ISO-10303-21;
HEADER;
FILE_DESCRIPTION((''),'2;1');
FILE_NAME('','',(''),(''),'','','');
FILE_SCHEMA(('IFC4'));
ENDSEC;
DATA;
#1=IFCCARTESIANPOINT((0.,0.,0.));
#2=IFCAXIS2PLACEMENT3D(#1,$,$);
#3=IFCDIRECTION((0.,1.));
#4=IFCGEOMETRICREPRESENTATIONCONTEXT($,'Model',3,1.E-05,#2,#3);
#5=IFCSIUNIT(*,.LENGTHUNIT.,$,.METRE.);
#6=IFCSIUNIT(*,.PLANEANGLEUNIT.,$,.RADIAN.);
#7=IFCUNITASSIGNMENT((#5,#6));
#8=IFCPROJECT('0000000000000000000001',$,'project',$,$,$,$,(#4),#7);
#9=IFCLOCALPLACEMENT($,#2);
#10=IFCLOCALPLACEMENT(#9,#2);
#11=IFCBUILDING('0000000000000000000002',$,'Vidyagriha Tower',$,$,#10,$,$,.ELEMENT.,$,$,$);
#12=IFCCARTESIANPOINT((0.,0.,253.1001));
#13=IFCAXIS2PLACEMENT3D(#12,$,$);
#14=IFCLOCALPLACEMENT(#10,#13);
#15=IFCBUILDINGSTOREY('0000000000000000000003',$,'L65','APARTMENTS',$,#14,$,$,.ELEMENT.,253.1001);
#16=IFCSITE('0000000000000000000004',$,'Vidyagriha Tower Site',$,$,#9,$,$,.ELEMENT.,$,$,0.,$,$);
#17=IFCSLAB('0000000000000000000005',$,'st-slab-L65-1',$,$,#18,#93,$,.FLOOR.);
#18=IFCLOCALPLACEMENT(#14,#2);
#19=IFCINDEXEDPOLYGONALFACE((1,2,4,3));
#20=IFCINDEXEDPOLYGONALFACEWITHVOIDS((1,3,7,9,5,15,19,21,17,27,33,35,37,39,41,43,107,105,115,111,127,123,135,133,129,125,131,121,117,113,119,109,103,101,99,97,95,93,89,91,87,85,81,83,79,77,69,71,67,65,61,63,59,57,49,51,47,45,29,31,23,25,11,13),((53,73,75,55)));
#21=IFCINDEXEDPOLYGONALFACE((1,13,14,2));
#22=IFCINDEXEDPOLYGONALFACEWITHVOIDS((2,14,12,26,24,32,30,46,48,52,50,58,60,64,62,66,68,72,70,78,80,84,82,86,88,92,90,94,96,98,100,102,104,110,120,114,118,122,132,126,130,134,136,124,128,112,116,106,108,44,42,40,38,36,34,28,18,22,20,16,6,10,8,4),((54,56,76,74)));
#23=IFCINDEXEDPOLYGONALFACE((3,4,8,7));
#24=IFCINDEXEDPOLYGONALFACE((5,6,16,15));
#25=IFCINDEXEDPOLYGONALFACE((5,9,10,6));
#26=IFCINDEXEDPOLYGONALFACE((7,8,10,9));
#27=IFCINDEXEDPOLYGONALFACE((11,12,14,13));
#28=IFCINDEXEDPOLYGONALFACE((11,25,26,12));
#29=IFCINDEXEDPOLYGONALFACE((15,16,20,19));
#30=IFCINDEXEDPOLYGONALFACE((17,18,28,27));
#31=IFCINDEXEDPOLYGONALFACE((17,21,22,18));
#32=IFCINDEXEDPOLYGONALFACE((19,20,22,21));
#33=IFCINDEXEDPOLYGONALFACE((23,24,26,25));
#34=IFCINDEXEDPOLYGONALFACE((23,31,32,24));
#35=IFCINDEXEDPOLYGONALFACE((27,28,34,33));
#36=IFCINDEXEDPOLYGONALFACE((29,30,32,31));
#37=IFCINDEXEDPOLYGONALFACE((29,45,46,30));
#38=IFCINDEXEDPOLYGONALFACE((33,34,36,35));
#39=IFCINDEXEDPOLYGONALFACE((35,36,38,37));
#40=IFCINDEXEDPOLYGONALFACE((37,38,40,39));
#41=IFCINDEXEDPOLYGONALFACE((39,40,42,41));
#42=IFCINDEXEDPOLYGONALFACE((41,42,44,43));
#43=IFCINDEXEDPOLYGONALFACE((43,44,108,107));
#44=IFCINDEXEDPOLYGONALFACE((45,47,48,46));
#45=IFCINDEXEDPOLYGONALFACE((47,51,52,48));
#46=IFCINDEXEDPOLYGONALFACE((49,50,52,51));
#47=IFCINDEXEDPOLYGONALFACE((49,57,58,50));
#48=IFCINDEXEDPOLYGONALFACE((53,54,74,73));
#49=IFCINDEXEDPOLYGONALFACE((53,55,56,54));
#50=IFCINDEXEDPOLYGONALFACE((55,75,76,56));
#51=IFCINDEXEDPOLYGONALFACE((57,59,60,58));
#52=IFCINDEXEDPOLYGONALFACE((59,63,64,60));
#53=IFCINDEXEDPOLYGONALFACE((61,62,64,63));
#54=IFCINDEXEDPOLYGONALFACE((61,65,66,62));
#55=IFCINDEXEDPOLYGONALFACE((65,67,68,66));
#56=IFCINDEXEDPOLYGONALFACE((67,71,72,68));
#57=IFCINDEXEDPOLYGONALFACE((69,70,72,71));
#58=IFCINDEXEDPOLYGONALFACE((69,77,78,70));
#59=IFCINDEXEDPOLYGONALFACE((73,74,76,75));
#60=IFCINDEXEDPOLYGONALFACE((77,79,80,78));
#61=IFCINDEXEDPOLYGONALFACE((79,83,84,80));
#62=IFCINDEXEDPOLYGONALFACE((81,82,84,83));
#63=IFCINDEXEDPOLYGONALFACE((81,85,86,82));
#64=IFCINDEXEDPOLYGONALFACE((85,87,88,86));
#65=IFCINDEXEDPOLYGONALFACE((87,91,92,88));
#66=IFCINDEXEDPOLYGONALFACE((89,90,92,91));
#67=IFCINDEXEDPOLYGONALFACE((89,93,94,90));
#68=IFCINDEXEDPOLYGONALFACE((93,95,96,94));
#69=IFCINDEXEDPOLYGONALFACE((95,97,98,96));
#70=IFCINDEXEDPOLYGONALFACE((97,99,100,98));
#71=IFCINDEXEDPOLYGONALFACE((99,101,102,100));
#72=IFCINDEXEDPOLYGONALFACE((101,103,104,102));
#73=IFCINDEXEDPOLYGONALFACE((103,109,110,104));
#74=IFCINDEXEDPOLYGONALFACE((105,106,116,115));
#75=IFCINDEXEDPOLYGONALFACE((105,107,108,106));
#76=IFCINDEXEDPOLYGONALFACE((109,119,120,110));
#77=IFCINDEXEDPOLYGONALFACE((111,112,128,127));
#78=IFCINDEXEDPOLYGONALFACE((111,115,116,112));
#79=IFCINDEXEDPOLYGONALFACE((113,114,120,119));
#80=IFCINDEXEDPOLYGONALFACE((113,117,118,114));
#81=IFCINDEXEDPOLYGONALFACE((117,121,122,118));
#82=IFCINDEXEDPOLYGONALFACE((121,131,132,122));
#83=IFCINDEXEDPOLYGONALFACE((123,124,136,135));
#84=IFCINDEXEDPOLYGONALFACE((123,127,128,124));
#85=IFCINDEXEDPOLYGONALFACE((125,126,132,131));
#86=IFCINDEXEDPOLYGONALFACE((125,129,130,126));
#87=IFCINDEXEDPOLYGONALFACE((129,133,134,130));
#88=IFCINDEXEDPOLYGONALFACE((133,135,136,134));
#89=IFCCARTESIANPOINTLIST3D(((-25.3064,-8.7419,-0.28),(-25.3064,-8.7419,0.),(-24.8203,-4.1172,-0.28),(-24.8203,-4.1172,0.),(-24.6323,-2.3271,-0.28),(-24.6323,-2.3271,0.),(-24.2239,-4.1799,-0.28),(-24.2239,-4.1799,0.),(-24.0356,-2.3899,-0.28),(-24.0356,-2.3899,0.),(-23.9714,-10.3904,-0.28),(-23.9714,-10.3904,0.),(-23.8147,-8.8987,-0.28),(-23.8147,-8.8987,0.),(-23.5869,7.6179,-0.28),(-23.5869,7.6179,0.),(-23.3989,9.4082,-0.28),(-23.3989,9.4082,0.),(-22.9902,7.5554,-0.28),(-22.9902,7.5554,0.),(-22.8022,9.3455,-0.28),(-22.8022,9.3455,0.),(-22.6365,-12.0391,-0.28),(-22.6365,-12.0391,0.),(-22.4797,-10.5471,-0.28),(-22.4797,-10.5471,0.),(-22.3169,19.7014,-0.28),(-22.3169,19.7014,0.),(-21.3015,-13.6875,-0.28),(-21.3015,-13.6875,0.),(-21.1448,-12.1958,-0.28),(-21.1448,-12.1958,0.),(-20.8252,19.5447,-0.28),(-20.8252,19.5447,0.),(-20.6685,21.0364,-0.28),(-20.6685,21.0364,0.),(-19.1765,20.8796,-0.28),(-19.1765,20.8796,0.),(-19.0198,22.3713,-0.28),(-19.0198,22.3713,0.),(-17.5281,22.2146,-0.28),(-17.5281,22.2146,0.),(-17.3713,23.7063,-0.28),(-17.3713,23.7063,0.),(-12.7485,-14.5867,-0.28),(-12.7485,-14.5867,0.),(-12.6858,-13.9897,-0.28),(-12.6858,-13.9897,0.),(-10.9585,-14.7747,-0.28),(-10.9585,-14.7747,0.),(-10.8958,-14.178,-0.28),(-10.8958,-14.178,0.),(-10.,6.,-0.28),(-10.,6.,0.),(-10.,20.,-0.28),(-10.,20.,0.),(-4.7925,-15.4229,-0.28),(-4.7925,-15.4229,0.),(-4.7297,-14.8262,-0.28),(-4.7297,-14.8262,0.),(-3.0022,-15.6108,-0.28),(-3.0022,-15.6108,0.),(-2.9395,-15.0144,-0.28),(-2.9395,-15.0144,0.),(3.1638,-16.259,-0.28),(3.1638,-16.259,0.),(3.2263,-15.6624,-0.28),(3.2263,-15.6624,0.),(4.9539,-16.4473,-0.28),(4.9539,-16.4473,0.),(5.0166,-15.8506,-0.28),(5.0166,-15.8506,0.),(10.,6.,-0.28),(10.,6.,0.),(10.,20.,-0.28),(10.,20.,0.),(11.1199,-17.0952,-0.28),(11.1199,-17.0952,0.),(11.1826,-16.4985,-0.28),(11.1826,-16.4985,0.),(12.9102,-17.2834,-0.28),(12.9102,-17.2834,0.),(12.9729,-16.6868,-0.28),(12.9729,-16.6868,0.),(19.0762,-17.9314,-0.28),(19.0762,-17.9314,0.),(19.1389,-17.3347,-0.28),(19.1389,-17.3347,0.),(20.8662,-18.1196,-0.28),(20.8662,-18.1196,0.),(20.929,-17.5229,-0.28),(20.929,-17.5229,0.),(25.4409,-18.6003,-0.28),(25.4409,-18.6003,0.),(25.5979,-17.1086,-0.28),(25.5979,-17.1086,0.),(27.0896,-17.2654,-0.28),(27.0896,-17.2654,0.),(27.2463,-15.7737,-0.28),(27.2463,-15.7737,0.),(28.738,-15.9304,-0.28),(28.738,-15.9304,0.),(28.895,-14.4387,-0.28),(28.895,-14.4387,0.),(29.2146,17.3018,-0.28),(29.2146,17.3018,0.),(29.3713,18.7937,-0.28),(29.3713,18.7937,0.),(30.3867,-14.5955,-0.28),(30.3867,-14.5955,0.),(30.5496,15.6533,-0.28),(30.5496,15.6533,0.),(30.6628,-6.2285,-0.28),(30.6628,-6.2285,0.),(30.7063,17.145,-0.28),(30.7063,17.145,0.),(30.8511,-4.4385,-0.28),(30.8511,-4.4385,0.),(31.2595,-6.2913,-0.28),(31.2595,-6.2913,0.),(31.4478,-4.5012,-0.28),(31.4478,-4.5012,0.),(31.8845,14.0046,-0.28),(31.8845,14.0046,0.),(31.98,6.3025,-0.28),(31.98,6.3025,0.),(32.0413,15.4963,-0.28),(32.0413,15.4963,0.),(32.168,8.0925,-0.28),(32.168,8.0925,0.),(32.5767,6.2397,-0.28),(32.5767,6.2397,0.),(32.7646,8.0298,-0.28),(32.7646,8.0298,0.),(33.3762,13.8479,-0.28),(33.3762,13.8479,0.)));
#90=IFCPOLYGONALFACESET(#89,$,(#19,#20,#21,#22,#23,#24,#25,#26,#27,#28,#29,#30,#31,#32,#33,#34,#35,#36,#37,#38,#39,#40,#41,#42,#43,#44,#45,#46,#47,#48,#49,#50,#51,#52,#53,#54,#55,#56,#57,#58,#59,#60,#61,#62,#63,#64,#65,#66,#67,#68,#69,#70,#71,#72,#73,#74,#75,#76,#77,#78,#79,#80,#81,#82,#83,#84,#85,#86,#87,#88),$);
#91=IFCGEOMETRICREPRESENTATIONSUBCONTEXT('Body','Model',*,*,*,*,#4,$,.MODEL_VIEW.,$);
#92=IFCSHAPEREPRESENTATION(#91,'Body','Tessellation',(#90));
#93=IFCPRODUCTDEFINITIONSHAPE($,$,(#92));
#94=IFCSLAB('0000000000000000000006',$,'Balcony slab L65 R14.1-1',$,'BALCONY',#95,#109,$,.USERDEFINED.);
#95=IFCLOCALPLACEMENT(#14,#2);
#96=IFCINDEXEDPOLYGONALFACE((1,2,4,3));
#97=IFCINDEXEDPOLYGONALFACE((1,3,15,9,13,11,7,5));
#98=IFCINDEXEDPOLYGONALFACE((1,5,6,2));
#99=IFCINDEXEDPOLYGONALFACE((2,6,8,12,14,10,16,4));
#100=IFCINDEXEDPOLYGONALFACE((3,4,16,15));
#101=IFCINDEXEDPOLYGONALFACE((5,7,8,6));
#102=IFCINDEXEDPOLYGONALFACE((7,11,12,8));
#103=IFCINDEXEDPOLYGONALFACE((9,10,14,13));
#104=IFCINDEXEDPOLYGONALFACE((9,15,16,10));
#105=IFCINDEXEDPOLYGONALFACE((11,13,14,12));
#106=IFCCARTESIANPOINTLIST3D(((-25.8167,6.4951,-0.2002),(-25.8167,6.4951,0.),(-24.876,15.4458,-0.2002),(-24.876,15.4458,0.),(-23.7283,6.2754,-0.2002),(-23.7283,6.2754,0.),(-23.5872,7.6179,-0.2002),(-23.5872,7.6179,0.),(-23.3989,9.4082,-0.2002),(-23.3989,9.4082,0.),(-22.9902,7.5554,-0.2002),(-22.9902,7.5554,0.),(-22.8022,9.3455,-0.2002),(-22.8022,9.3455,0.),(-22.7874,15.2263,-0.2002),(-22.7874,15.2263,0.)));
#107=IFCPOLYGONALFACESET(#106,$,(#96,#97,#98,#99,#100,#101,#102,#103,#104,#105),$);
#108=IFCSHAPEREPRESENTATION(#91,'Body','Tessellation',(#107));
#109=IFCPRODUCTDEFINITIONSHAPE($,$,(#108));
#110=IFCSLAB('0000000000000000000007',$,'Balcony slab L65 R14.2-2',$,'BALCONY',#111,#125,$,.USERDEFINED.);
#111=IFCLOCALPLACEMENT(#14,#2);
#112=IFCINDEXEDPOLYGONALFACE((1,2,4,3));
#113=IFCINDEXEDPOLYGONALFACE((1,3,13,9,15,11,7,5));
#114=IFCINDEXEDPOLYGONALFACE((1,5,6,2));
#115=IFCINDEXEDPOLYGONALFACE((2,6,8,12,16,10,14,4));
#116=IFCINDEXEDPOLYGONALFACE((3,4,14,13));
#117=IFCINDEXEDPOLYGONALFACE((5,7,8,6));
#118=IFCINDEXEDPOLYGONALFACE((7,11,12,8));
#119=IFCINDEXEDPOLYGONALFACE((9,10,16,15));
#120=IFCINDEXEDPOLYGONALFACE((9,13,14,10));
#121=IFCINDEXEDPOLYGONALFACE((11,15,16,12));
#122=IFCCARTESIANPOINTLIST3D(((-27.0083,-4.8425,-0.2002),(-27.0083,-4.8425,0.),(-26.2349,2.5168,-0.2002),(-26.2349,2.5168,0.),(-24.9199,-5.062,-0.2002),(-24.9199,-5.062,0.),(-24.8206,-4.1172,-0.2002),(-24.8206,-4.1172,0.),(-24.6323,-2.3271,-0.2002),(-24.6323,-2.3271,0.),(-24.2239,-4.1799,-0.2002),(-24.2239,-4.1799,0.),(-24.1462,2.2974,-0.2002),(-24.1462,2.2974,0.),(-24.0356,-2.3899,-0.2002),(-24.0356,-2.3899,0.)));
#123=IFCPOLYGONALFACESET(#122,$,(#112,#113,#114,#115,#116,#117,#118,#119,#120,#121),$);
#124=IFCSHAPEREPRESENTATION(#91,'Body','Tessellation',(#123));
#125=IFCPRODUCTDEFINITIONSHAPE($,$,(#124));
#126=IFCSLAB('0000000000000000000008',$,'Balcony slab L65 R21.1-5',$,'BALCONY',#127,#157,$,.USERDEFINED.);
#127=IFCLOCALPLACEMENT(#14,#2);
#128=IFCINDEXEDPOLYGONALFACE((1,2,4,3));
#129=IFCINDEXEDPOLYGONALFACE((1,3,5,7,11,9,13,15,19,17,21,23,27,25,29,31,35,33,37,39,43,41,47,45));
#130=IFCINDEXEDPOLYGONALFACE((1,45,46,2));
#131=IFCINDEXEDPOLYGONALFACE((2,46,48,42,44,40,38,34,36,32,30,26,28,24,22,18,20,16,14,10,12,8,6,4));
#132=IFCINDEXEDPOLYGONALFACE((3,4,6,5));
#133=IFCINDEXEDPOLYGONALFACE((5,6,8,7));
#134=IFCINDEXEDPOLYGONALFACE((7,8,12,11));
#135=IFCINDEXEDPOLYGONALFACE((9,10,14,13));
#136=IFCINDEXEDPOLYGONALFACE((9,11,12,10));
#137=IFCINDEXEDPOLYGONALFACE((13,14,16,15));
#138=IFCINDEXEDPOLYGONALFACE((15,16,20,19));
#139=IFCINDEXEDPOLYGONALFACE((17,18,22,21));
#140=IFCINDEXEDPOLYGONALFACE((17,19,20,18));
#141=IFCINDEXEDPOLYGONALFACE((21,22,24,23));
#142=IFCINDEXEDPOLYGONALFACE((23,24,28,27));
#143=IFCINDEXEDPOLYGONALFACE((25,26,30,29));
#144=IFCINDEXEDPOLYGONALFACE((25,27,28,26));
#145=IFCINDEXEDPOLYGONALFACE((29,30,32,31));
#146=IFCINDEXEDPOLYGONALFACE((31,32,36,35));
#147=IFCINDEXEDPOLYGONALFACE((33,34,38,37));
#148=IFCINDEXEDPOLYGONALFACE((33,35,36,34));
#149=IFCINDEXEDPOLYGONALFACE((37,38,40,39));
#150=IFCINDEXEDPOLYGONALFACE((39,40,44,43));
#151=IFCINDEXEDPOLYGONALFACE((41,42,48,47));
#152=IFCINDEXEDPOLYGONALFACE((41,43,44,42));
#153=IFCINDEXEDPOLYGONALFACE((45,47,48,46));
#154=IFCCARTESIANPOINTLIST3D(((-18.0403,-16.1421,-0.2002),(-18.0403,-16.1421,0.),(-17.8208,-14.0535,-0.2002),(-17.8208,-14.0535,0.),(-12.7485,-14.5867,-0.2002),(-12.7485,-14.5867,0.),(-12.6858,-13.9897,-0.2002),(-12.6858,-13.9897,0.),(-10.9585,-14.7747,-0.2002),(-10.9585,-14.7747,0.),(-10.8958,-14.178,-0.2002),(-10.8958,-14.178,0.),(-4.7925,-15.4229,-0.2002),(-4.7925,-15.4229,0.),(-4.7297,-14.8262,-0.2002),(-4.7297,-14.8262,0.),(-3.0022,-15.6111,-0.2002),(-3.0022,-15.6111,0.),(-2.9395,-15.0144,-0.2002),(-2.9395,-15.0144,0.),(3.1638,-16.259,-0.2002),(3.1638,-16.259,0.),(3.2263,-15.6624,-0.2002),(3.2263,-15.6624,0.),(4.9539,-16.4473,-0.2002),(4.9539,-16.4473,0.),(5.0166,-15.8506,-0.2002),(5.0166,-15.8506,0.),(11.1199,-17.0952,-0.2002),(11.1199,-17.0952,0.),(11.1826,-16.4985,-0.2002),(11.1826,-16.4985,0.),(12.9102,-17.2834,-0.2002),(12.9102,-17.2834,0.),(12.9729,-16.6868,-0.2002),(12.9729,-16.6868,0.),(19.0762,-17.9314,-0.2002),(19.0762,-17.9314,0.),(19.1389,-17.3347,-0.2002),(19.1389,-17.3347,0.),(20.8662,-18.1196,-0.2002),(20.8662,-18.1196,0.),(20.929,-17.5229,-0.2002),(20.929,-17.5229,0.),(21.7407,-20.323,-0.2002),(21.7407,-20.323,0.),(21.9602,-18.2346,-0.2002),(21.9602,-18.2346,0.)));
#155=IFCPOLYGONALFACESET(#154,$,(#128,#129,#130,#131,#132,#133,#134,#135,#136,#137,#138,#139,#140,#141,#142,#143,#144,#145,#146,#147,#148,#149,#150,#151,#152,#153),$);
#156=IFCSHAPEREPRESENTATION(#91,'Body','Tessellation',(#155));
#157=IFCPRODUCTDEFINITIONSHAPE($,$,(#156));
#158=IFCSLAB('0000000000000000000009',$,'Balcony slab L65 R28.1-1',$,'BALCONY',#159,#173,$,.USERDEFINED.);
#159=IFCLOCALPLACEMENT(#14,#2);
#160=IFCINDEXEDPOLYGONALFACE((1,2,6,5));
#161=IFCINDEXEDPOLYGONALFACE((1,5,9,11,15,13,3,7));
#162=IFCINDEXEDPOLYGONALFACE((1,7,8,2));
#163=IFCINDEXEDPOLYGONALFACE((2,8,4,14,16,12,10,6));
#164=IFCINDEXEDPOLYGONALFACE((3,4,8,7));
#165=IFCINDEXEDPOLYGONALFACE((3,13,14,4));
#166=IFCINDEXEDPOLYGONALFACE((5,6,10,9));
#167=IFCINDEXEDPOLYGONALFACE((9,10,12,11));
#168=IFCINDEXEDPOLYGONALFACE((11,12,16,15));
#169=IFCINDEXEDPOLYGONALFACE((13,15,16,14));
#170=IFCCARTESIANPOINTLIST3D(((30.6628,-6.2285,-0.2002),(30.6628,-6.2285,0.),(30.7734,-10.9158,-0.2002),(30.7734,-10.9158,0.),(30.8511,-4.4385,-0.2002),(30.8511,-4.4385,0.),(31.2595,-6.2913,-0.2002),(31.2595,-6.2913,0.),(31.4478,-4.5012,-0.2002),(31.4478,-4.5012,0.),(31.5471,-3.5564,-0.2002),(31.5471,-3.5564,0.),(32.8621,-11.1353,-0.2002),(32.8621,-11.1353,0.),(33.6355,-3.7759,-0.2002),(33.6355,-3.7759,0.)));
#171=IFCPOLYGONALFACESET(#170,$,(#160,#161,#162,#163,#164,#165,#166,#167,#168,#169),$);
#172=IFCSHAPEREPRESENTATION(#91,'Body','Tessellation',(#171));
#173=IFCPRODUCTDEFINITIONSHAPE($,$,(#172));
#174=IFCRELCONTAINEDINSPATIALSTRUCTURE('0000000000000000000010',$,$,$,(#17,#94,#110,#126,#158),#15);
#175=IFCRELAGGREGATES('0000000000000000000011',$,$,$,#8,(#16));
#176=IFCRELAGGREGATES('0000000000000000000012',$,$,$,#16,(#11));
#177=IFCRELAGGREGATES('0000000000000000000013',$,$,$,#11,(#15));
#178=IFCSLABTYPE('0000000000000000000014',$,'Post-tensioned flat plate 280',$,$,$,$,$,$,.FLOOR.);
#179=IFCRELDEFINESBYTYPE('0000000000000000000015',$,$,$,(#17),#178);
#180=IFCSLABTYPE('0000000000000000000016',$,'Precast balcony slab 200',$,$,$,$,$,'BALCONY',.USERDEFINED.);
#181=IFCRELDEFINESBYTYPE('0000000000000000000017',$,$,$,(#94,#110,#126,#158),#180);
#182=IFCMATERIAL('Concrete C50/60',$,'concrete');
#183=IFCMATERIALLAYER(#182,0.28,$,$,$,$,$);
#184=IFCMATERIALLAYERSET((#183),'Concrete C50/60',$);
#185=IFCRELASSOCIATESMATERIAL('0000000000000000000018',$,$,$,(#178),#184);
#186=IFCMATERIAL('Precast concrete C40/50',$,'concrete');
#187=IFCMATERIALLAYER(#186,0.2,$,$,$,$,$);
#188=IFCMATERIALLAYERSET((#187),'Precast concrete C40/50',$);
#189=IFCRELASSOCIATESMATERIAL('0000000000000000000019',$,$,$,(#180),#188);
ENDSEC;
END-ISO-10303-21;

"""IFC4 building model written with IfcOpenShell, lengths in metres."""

from ifc_helpers import new_model, si_unit, direction, frame, origin, place, context, subcontext, project, spatial, polyline, outline, extrude, material, layer, layer_set, type_object, element, save


model = new_model("IFC4")

# Units and contexts
model_context = context("Model", 3, precision=1e-05, world=origin(), true_north=direction((0.0, 1.0)))
body_context = subcontext(model_context, "Body", "Model", "MODEL_VIEW")
ifc_project = project(units=[si_unit("LENGTHUNIT", "METRE"), si_unit("PLANEANGLEUNIT", "RADIAN")], contexts=[model_context])

# Site, building, storey
site_placement = place(None, origin())
site = spatial("IfcSite", under=ifc_project, at=site_placement, Name="Vidyagriha Tower Site", CompositionType="ELEMENT", RefElevation=0.0)
building_placement = place(site_placement, origin())
building = spatial("IfcBuilding", under=site, at=building_placement, Name="Vidyagriha Tower", CompositionType="ELEMENT")
storey_placement = place(building_placement, frame((0.0, 0.0, 253.1001)))
storey = spatial("IfcBuildingStorey", under=building, at=storey_placement, Name="L65", Description="APARTMENTS", CompositionType="ELEMENT", Elevation=253.1001)

# Slabs
ifc_material_1 = material(Name="Concrete C50/60", Category="concrete")
ifc_layer_1 = layer(ifc_material_1, 0.28)
ifc_layer_set_1 = layer_set([ifc_layer_1], Name="Concrete C50/60")
slab_type_1 = type_object("IfcSlabType", Name="Post-tensioned flat plate 280", PredefinedType="FLOOR", material=ifc_layer_set_1)
slab_1_placement = place(storey_placement, frame((0.0, 0.0, -0.28)))
element("IfcSlab", 1, at=slab_1_placement, inside=storey, type_object=slab_type_1, Name="st-slab-L65-1", PredefinedType="FLOOR", context=body_context, shape_type="SweptSolid", body=[
    extrude(outline(polyline([(28.738, -15.9304), (27.2463, -15.7737), (27.0896, -17.2654), (25.5979, -17.1086), (25.4409, -18.6003), (20.8662, -18.1196), (20.929, -17.5229), (19.1389, -17.3347), (19.0762, -17.9314), (12.9102, -17.2834), (12.9729, -16.6868), (11.1826, -16.4985), (11.1199, -17.0952), (4.9539, -16.4473), (5.0166, -15.8506), (3.2263, -15.6624), (3.1638, -16.259), (-3.0022, -15.6108), (-2.9395, -15.0144), (-4.7297, -14.8262), (-4.7925, -15.4229), (-10.9585, -14.7747), (-10.8958, -14.178), (-12.6858, -13.9897), (-12.7485, -14.5867), (-21.3015, -13.6875), (-21.1448, -12.1958), (-22.6365, -12.0391), (-22.4797, -10.5471), (-23.9714, -10.3904), (-23.8147, -8.8987), (-25.3064, -8.7419), (-24.8203, -4.1172), (-24.2239, -4.1799), (-24.0356, -2.3899), (-24.6323, -2.3271), (-23.5869, 7.6179), (-22.9902, 7.5554), (-22.8022, 9.3455), (-23.3989, 9.4082), (-22.3169, 19.7014), (-20.8252, 19.5447), (-20.6685, 21.0364), (-19.1765, 20.8796), (-19.0198, 22.3713), (-17.5281, 22.2146), (-17.3713, 23.7063), (29.3713, 18.7937), (29.2146, 17.3018), (30.7063, 17.145), (30.5496, 15.6533), (32.0413, 15.4963), (31.8845, 14.0046), (33.3762, 13.8479), (32.7646, 8.0298), (32.168, 8.0925), (31.98, 6.3025), (32.5767, 6.2397), (31.4478, -4.5012), (30.8511, -4.4385), (30.6628, -6.2285), (31.2595, -6.2913), (30.3867, -14.5955), (28.895, -14.4387), (28.738, -15.9304)]), holes=[polyline([(-10.0, 20.0), (-10.0, 6.0), (10.0, 6.0), (10.0, 20.0), (-10.0, 20.0)])]), origin(), (0.0, 0.0, 1.0), 0.28),
])
ifc_material_2 = material(Name="Precast concrete C40/50", Category="concrete")
ifc_layer_2 = layer(ifc_material_2, 0.2)
ifc_layer_set_2 = layer_set([ifc_layer_2], Name="Precast concrete C40/50")
slab_type_2 = type_object("IfcSlabType", Name="Precast balcony slab 200", ElementType="BALCONY", PredefinedType="USERDEFINED", material=ifc_layer_set_2)
slab_2_placement = place(storey_placement, frame((0.0, 0.0, -0.2002)))
element("IfcSlab", 2, at=slab_2_placement, inside=storey, type_object=slab_type_2, Name="Balcony slab L65 R14.1-1", ObjectType="BALCONY", PredefinedType="USERDEFINED", context=body_context, shape_type="SweptSolid", body=[
    extrude(outline(polyline([(-22.9902, 7.5554), (-22.8022, 9.3455), (-23.3989, 9.4082), (-22.7874, 15.2263), (-24.876, 15.4458), (-25.8167, 6.4951), (-23.7283, 6.2754), (-23.5872, 7.6179), (-22.9902, 7.5554)])), origin(), (0.0, 0.0, 1.0), 0.2002),
])
slab_3_placement = place(storey_placement, frame((0.0, 0.0, -0.2002)))
element("IfcSlab", 3, at=slab_3_placement, inside=storey, type_object=slab_type_2, Name="Balcony slab L65 R14.2-2", ObjectType="BALCONY", PredefinedType="USERDEFINED", context=body_context, shape_type="SweptSolid", body=[
    extrude(outline(polyline([(-24.2239, -4.1799), (-24.0356, -2.3899), (-24.6323, -2.3271), (-24.1462, 2.2974), (-26.2349, 2.5168), (-27.0083, -4.8425), (-24.9199, -5.062), (-24.8206, -4.1172), (-24.2239, -4.1799)])), origin(), (0.0, 0.0, 1.0), 0.2002),
])
slab_4_placement = place(storey_placement, frame((0.0, 0.0, -0.2002)))
element("IfcSlab", 4, at=slab_4_placement, inside=storey, type_object=slab_type_2, Name="Balcony slab L65 R21.1-5", ObjectType="BALCONY", PredefinedType="USERDEFINED", context=body_context, shape_type="SweptSolid", body=[
    extrude(outline(polyline([(20.8662, -18.1196), (20.929, -17.5229), (19.1389, -17.3347), (19.0762, -17.9314), (12.9102, -17.2834), (12.9729, -16.6868), (11.1826, -16.4985), (11.1199, -17.0952), (4.9539, -16.4473), (5.0166, -15.8506), (3.2263, -15.6624), (3.1638, -16.259), (-3.0022, -15.6111), (-2.9395, -15.0144), (-4.7297, -14.8262), (-4.7925, -15.4229), (-10.9585, -14.7747), (-10.8958, -14.178), (-12.6858, -13.9897), (-12.7485, -14.5867), (-17.8208, -14.0535), (-18.0403, -16.1421), (21.7407, -20.323), (21.9602, -18.2346), (20.8662, -18.1196)])), origin(), (0.0, 0.0, 1.0), 0.2002),
])
slab_5_placement = place(storey_placement, frame((0.0, 0.0, -0.2002)))
element("IfcSlab", 5, at=slab_5_placement, inside=storey, type_object=slab_type_2, Name="Balcony slab L65 R28.1-1", ObjectType="BALCONY", PredefinedType="USERDEFINED", context=body_context, shape_type="SweptSolid", body=[
    extrude(outline(polyline([(31.2595, -6.2913), (30.7734, -10.9158), (32.8621, -11.1353), (33.6355, -3.7759), (31.5471, -3.5564), (31.4478, -4.5012), (30.8511, -4.4385), (30.6628, -6.2285), (31.2595, -6.2913)])), origin(), (0.0, 0.0, 1.0), 0.2002),
])

save(model, "model.ifc")
